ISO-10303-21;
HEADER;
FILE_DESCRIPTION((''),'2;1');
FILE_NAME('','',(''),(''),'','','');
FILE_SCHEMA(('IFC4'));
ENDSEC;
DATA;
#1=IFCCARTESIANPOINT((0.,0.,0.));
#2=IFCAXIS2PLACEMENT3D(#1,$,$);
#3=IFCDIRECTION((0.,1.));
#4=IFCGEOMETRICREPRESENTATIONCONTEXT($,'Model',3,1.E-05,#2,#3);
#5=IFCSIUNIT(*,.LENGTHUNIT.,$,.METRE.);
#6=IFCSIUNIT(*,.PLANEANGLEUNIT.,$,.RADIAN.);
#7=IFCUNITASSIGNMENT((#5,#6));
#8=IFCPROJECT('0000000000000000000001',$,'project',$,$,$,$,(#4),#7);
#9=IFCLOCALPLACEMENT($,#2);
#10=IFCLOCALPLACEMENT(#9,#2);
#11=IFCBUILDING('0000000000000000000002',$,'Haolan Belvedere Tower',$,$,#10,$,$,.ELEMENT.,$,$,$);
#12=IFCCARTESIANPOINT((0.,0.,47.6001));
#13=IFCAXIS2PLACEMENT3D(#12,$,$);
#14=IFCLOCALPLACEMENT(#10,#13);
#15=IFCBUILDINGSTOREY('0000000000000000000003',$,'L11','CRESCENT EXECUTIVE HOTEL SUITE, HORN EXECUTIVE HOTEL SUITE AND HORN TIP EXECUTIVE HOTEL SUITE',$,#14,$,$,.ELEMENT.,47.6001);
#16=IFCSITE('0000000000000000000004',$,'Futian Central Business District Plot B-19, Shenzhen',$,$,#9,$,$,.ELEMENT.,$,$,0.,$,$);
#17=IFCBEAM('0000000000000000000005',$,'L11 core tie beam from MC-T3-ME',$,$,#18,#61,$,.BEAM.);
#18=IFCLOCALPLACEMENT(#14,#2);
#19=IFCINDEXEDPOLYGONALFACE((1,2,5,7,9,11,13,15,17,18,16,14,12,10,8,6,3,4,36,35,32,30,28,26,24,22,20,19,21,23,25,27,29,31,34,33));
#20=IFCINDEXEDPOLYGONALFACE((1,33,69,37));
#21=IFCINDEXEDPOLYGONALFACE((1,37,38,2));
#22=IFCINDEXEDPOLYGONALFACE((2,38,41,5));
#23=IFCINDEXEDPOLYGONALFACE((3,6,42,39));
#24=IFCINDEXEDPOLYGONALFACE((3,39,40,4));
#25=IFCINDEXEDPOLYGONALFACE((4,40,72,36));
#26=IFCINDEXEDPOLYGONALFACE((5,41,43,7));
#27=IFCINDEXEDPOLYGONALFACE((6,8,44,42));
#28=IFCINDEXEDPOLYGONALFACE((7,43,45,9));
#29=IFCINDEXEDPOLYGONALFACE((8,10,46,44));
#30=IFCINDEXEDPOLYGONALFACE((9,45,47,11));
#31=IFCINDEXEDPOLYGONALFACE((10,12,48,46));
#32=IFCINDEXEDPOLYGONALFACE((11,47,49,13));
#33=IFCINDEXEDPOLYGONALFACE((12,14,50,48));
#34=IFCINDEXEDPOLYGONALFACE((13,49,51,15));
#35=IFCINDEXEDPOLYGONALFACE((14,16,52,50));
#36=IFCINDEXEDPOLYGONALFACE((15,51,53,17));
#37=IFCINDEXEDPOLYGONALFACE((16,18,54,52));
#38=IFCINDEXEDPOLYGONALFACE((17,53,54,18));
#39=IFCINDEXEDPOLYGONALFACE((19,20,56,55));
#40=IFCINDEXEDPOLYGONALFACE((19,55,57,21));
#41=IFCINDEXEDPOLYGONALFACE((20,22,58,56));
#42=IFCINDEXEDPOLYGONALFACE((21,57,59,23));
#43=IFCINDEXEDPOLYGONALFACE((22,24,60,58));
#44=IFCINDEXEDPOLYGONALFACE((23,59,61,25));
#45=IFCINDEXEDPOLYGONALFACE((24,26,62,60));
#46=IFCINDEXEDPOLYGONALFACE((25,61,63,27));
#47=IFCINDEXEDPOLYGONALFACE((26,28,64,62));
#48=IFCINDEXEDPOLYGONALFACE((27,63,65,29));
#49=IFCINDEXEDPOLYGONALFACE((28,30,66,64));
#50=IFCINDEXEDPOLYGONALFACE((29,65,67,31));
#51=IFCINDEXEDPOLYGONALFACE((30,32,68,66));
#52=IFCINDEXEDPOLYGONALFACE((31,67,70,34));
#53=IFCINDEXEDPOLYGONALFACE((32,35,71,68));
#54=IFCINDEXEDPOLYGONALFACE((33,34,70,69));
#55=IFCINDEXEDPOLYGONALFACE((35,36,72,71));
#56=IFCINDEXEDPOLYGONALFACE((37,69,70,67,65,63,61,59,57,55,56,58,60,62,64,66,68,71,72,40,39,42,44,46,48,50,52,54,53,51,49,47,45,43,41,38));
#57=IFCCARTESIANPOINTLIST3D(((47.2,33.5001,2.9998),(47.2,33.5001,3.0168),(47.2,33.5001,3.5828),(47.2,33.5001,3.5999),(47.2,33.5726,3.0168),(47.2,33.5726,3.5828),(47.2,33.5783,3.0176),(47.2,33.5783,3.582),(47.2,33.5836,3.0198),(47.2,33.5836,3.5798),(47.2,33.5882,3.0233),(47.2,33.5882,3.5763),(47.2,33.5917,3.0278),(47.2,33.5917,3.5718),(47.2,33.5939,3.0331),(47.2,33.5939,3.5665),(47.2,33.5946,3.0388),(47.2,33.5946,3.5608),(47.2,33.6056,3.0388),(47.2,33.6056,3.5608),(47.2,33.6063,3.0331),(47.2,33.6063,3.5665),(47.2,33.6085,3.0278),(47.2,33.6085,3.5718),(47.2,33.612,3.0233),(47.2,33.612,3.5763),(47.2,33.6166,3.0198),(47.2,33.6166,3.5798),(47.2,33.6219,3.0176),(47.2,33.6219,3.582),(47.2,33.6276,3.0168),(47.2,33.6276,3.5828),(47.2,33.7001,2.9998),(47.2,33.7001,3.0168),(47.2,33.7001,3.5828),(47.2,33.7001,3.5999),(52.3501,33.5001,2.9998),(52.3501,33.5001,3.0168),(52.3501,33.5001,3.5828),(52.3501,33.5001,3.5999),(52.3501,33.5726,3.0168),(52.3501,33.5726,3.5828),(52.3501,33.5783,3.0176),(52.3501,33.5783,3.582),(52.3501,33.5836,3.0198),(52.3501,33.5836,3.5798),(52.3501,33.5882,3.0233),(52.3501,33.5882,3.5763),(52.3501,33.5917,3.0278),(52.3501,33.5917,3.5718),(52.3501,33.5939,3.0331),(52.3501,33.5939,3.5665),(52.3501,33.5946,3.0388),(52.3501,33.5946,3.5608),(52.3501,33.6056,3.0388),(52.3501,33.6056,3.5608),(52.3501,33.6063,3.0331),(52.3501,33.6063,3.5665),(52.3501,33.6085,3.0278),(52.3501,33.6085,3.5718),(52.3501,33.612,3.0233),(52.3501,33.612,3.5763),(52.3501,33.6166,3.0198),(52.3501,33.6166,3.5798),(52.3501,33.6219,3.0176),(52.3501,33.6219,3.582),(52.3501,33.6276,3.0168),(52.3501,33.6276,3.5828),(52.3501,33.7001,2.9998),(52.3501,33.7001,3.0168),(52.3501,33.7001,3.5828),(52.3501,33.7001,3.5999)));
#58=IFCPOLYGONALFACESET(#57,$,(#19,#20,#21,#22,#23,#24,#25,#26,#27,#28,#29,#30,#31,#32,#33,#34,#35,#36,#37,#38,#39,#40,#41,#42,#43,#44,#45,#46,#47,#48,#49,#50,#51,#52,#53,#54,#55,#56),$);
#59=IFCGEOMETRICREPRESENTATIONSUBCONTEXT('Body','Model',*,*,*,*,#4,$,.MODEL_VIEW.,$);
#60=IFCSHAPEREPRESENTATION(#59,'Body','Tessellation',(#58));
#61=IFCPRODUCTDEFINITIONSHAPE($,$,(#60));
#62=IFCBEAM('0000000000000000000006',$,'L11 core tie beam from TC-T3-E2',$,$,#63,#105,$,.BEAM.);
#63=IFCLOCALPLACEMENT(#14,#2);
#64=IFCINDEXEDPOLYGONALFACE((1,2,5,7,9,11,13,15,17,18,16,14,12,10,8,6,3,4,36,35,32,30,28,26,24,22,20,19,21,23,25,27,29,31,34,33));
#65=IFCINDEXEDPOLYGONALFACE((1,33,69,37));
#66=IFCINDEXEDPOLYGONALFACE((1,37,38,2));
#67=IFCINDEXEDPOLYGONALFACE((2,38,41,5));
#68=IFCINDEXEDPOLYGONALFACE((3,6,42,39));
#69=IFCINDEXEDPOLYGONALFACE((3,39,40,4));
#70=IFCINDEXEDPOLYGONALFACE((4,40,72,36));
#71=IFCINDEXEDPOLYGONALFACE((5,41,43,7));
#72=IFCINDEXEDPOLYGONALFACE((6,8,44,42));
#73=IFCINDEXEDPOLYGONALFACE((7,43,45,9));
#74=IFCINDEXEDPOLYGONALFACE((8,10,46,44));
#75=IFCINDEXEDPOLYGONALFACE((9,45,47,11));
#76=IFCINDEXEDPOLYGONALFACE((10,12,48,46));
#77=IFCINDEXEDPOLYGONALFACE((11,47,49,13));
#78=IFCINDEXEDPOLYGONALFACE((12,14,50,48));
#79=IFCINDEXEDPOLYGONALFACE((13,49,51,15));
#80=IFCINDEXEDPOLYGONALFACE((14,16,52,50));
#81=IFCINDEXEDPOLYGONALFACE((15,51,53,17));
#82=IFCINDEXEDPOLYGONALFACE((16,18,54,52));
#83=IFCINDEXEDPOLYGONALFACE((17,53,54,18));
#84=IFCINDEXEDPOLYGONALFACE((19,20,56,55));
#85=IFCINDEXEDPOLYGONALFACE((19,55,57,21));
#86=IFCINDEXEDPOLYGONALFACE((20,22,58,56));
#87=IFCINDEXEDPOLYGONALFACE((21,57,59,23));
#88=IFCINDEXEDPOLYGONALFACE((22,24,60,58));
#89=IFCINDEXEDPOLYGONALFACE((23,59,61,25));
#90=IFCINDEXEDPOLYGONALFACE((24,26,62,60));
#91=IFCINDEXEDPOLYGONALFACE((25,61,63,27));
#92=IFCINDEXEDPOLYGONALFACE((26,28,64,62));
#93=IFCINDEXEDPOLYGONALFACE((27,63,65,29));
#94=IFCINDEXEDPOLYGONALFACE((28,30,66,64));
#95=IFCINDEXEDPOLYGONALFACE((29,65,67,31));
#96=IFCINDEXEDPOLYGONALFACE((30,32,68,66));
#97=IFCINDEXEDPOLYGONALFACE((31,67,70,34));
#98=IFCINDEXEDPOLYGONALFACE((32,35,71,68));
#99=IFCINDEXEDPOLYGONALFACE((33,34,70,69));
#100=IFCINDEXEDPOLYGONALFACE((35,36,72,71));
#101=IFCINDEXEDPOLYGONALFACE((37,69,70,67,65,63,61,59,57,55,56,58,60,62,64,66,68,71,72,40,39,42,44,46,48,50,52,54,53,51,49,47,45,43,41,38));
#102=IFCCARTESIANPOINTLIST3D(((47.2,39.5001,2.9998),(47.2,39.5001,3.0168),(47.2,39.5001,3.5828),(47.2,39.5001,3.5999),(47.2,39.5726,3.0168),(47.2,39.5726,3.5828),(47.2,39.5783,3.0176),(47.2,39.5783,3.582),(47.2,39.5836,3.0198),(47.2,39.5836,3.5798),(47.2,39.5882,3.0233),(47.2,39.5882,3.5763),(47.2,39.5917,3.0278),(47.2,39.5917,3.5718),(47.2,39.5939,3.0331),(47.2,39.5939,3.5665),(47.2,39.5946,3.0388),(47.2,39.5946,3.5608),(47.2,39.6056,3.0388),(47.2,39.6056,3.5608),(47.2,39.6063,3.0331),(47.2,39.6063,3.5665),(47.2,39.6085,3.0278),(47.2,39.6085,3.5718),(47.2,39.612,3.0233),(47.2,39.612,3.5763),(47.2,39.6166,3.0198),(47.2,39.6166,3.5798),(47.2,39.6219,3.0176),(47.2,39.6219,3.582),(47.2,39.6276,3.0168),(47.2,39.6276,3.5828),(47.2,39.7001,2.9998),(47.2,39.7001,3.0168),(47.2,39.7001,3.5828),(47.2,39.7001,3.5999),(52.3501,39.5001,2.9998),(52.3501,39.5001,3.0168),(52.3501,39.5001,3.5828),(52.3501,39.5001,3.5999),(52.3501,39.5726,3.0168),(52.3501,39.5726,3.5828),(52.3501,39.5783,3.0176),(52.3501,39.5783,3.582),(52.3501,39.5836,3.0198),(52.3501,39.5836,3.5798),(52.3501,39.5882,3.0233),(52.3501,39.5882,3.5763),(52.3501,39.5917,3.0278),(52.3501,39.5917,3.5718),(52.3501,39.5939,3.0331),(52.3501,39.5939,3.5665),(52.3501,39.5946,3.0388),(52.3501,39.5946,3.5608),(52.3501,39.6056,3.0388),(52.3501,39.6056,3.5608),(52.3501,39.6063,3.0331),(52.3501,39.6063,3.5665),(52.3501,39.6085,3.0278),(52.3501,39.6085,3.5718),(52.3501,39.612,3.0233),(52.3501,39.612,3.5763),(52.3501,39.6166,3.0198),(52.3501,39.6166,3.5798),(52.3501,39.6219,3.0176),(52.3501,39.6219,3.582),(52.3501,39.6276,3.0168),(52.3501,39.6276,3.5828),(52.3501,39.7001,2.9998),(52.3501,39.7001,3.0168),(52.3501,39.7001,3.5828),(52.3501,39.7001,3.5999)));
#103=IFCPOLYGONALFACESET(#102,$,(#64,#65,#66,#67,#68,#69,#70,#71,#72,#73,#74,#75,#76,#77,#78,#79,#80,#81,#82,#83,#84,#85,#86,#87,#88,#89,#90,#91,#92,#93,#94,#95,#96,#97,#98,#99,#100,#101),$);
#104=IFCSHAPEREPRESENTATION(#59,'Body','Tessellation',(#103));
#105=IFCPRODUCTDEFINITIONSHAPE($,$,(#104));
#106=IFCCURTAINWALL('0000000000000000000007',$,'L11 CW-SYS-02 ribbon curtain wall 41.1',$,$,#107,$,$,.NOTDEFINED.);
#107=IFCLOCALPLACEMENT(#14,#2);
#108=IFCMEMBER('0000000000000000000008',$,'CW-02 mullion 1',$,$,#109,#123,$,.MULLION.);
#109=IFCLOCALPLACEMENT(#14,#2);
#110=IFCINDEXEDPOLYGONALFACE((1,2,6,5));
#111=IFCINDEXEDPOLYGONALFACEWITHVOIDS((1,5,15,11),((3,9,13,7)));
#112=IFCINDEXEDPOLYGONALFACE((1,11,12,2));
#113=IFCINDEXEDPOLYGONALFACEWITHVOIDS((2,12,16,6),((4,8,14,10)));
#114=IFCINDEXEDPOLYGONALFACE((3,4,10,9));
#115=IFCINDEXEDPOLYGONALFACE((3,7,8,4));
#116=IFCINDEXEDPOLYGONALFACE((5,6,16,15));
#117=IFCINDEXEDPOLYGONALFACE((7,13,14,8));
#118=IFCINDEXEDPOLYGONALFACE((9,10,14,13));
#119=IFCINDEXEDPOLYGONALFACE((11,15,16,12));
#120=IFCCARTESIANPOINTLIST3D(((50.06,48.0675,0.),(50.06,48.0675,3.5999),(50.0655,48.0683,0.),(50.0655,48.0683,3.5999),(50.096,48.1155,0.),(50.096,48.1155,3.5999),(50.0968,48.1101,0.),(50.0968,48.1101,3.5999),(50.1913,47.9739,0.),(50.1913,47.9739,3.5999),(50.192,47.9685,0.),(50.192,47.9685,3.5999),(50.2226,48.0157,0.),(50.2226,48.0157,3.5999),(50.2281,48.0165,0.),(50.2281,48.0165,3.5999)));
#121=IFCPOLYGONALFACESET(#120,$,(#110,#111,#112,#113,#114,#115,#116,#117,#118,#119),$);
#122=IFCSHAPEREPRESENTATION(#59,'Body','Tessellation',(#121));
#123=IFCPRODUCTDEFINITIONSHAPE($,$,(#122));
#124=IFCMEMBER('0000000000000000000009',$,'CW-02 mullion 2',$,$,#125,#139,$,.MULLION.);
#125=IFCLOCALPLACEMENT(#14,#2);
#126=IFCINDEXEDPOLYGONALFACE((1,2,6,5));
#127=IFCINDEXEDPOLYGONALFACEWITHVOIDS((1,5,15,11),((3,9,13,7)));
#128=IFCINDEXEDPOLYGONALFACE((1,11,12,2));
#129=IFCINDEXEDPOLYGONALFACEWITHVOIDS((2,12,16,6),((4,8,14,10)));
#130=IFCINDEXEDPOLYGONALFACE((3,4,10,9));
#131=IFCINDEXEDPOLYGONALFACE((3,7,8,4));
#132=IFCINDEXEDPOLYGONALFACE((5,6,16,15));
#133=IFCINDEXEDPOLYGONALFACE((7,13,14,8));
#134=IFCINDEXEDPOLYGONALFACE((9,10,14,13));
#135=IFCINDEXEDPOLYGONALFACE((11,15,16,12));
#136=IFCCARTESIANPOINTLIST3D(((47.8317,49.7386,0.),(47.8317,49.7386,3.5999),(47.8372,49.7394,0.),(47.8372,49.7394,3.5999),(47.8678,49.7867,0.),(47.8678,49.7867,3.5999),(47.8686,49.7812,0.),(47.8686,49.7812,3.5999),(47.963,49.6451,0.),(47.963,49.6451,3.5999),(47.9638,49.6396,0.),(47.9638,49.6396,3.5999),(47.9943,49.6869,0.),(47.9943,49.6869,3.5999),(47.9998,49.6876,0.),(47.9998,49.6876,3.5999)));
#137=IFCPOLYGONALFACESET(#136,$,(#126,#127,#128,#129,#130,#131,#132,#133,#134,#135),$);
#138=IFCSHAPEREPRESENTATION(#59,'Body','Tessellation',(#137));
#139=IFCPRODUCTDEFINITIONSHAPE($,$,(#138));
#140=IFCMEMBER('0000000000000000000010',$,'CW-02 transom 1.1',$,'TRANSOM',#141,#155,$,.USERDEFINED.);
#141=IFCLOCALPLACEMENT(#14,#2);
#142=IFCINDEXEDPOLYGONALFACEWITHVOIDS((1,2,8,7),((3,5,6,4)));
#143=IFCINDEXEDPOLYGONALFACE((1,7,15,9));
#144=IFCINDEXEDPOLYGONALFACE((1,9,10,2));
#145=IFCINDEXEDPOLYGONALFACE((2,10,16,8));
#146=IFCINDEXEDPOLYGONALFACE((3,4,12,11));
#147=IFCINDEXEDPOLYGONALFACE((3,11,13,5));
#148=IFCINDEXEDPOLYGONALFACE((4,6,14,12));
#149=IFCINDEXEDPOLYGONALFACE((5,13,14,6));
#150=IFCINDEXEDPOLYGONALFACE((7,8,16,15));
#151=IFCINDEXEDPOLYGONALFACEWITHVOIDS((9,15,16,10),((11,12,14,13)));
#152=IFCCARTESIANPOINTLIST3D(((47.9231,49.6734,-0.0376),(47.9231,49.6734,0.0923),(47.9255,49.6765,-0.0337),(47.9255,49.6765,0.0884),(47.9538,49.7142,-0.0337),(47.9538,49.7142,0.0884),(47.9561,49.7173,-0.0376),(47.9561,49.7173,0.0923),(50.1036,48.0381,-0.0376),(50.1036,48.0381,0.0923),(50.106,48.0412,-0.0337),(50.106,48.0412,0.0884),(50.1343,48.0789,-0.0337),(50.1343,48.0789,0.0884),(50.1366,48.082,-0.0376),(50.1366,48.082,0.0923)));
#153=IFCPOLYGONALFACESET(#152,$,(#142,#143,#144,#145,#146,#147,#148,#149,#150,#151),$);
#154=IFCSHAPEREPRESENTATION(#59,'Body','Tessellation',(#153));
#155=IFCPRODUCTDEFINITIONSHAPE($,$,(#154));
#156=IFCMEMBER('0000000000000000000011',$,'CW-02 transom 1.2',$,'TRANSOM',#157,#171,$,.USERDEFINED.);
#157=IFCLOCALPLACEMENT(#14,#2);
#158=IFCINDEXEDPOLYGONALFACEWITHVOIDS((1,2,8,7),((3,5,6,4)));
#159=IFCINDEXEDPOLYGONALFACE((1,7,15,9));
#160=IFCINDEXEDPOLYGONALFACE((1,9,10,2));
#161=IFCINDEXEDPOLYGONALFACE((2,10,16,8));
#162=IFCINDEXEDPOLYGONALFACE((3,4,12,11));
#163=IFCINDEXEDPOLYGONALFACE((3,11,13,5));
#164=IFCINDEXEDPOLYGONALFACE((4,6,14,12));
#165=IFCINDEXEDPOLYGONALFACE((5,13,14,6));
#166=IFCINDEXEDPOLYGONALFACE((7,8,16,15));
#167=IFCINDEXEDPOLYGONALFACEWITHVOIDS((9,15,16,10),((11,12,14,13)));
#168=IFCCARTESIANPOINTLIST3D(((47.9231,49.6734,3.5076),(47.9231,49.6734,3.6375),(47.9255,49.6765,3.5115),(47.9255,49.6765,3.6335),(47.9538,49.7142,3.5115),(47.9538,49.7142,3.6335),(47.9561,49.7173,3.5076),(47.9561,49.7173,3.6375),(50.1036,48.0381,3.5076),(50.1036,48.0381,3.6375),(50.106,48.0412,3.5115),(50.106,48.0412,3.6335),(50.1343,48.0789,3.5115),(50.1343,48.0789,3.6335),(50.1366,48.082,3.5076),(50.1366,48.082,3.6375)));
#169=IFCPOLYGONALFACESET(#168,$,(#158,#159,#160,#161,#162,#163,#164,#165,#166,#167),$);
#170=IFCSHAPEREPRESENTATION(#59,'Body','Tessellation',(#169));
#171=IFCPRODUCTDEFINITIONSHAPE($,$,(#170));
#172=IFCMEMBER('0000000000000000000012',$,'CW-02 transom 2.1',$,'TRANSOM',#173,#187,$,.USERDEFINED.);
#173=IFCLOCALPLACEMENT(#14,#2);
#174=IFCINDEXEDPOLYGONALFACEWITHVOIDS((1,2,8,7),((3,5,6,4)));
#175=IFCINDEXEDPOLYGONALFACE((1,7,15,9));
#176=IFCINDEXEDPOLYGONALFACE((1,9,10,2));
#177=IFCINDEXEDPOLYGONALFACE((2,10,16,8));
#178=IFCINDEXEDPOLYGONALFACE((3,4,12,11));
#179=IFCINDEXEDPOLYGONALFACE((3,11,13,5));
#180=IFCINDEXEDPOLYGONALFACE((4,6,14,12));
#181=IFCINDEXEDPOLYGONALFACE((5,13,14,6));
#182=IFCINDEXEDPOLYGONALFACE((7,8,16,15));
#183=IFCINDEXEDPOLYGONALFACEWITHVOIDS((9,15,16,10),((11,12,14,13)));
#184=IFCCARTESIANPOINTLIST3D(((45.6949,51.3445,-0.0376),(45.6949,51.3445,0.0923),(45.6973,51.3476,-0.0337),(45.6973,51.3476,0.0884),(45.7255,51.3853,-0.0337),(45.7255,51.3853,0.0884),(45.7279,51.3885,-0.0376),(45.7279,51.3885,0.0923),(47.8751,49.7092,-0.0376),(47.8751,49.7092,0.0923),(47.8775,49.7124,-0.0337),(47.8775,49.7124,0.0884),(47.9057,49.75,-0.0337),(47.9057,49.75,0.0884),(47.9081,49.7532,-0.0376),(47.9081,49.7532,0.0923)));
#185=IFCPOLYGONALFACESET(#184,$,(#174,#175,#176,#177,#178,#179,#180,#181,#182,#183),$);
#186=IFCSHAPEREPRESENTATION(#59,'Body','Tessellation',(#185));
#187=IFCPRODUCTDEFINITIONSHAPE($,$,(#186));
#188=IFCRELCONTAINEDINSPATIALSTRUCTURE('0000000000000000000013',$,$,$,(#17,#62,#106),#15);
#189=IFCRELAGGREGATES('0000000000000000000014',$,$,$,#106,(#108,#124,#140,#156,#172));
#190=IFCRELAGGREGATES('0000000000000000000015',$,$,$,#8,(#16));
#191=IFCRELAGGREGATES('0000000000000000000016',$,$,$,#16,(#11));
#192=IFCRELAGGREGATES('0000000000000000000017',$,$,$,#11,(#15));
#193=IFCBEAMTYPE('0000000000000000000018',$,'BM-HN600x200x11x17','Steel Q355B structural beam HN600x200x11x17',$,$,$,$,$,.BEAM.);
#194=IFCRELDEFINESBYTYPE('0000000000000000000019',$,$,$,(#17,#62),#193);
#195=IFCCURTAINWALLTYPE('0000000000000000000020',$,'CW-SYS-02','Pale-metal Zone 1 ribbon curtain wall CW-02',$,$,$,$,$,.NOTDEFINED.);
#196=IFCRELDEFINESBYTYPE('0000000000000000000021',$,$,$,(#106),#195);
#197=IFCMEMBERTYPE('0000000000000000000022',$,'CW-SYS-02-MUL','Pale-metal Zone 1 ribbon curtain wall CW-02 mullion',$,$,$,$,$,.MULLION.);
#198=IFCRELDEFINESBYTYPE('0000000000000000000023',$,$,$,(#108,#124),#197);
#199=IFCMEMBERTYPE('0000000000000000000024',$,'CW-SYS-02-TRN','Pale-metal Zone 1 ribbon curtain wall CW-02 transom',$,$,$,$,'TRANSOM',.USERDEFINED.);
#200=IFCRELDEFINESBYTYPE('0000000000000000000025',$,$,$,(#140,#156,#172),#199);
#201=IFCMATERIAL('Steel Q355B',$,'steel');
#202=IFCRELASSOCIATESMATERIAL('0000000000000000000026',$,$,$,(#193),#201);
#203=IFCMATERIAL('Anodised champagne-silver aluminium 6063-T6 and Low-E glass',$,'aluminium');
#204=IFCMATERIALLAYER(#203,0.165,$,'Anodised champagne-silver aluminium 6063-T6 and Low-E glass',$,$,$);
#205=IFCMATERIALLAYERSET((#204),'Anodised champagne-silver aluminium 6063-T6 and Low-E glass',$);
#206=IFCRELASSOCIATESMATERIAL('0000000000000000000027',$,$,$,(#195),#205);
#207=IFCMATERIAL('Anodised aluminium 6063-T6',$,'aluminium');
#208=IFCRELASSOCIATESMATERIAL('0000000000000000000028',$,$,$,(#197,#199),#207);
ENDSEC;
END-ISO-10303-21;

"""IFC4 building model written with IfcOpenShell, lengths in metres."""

from ifc_helpers import new_model, si_unit, direction, frame, origin, origin_2d, place, context, subcontext, project, spatial, hollow_rectangle, i_section, extrude, material, layer, layer_set, material_profile, profile_set, type_object, element, aggregate, save


model = new_model("IFC4")

# Units and contexts
model_context = context("Model", 3, precision=1e-05, world=origin(), true_north=direction((0.0, 1.0)))
body_context = subcontext(model_context, "Body", "Model", "MODEL_VIEW")
ifc_project = project(units=[si_unit("LENGTHUNIT", "METRE"), si_unit("PLANEANGLEUNIT", "RADIAN")], contexts=[model_context])

# Site, building, storey
site_placement = place(None, origin())
site = spatial("IfcSite", under=ifc_project, at=site_placement, Name="Futian Central Business District Plot B-19, Shenzhen", CompositionType="ELEMENT", RefElevation=0.0)
building_placement = place(site_placement, origin())
building = spatial("IfcBuilding", under=site, at=building_placement, Name="Haolan Belvedere Tower", CompositionType="ELEMENT")
storey_placement = place(building_placement, frame((0.0, 0.0, 47.6001)))
storey = spatial("IfcBuildingStorey", under=building, at=storey_placement, Name="L11", Description="CRESCENT EXECUTIVE HOTEL SUITE, HORN EXECUTIVE HOTEL SUITE AND HORN TIP EXECUTIVE HOTEL SUITE", CompositionType="ELEMENT", Elevation=47.6001)

# Beams
ifc_material_1 = material(Name="Steel Q355B", Category="steel")
ifc_material_profile_1 = material_profile(ifc_material_1, i_section(OverallWidth=0.2, OverallDepth=0.6001, WebThickness=0.011, FlangeThickness=0.0171, FilletRadius=0.022, at=origin_2d()), Name="Steel Q355B")
ifc_profile_set_1 = profile_set([ifc_material_profile_1], Name="Steel Q355B")
beam_type = type_object("IfcBeamType", Name="BM-HN600x200x11x17", Description="Steel Q355B structural beam HN600x200x11x17", PredefinedType="BEAM", material=ifc_profile_set_1)
for number, where, z_axis, x_axis, name in (
    (1, (52.3501, 33.6001, 3.2998), (-1.0, 0.0, 0.0), (0.0, -1.0, 0.0), "L11 core tie beam from MC-T3-ME"),
    (2, (52.3501, 39.6001, 3.2998), (-1.0, 0.0, 0.0), (0.0, -1.0, 0.0), "L11 core tie beam from TC-T3-E2"),
):
    element("IfcBeam", number, at=place(storey_placement, frame(where, z_axis=z_axis, x_axis=x_axis)), inside=storey, type_object=beam_type, Name=name, PredefinedType="BEAM", context=body_context, shape_type="SweptSolid", body=[
        extrude(i_section(OverallWidth=0.2, OverallDepth=0.6001, WebThickness=0.011, FlangeThickness=0.0171, FilletRadius=0.022, at=origin_2d()), origin(), (0.0, 0.0, 1.0), 5.1501),
    ])

# Curtain wall, members
ifc_material_2 = material(Name="Anodised champagne-silver aluminium 6063-T6 and Low-E glass", Category="aluminium")
ifc_layer_1 = layer(ifc_material_2, 0.165, Name="Anodised champagne-silver aluminium 6063-T6 and Low-E glass")
ifc_layer_set_1 = layer_set([ifc_layer_1], Name="Anodised champagne-silver aluminium 6063-T6 and Low-E glass")
curtain_wall_type = type_object("IfcCurtainWallType", Name="CW-SYS-02", Description="Pale-metal Zone 1 ribbon curtain wall CW-02", PredefinedType="NOTDEFINED", material=ifc_layer_set_1)
curtain_wall_placement = place(storey_placement, origin())
curtain_wall = element("IfcCurtainWall", 3, at=curtain_wall_placement, inside=storey, type_object=curtain_wall_type, Name="L11 CW-SYS-02 ribbon curtain wall 41.1", PredefinedType="NOTDEFINED")
ifc_material_3 = material(Name="Anodised aluminium 6063-T6", Category="aluminium")
ifc_material_profile_2 = material_profile(ifc_material_3, hollow_rectangle(XDim=0.0601, YDim=0.165, WallThickness=0.0039, at=origin_2d()), Name="Anodised aluminium 6063-T6")
ifc_profile_set_2 = profile_set([ifc_material_profile_2], Name="Anodised aluminium 6063-T6")
member_type_1 = type_object("IfcMemberType", Name="CW-SYS-02-MUL", Description="Pale-metal Zone 1 ribbon curtain wall CW-02 mullion", PredefinedType="MULLION", material=ifc_profile_set_2)
member_1_placement = place(storey_placement, frame((50.144, 48.042, 0.0), z_axis=(0.0, 0.0, 1.0), x_axis=(-0.599994, -0.800004, 0.0)))
member_1 = element("IfcMember", 4, at=member_1_placement, type_object=member_type_1, Name="CW-02 mullion 1", PredefinedType="MULLION", context=body_context, shape_type="SweptSolid", body=[
    extrude(hollow_rectangle(XDim=0.0601, YDim=0.165, WallThickness=0.0039, at=origin_2d()), origin(), (0.0, 0.0, 1.0), 3.5999),
])
member_2_placement = place(storey_placement, frame((47.9158, 49.7131, 0.0), z_axis=(0.0, 0.0, 1.0), x_axis=(-0.599994, -0.800004, 0.0)))
member_2 = element("IfcMember", 5, at=member_2_placement, type_object=member_type_1, Name="CW-02 mullion 2", PredefinedType="MULLION", context=body_context, shape_type="SweptSolid", body=[
    extrude(hollow_rectangle(XDim=0.0601, YDim=0.165, WallThickness=0.0039, at=origin_2d()), origin(), (0.0, 0.0, 1.0), 3.5999),
])
ifc_material_profile_3 = material_profile(ifc_material_3, hollow_rectangle(XDim=0.0549, YDim=0.1299, WallThickness=0.0039, at=origin_2d()), Name="Anodised aluminium 6063-T6")
ifc_profile_set_3 = profile_set([ifc_material_profile_3], Name="Anodised aluminium 6063-T6")
member_type_2 = type_object("IfcMemberType", Name="CW-SYS-02-TRN", Description="Pale-metal Zone 1 ribbon curtain wall CW-02 transom", ElementType="TRANSOM", PredefinedType="USERDEFINED", material=ifc_profile_set_3)
member_3_placement = place(storey_placement, frame((50.1201, 48.0601, 0.0273), z_axis=(-0.800011, 0.599986, 0.0), x_axis=(-0.599986, -0.800011, 0.0)))
member_3 = element("IfcMember", 6, at=member_3_placement, type_object=member_type_2, Name="CW-02 transom 1.1", ObjectType="TRANSOM", PredefinedType="USERDEFINED", context=body_context, shape_type="SweptSolid", body=[
    extrude(hollow_rectangle(XDim=0.0549, YDim=0.1299, WallThickness=0.0039, at=origin_2d()), origin(), (0.0, 0.0, 1.0), 2.7256),
])
member_4_placement = place(storey_placement, frame((50.1201, 48.0601, 3.5725), z_axis=(-0.800011, 0.599986, 0.0), x_axis=(-0.599986, -0.800011, 0.0)))
member_4 = element("IfcMember", 7, at=member_4_placement, type_object=member_type_2, Name="CW-02 transom 1.2", ObjectType="TRANSOM", PredefinedType="USERDEFINED", context=body_context, shape_type="SweptSolid", body=[
    extrude(hollow_rectangle(XDim=0.0549, YDim=0.1299, WallThickness=0.0039, at=origin_2d()), origin(), (0.0, 0.0, 1.0), 2.7256),
])
member_5_placement = place(storey_placement, frame((47.8916, 49.7312, 0.0273), z_axis=(-0.799978, 0.600029, 0.0), x_axis=(-0.600029, -0.799978, 0.0)))
member_5 = element("IfcMember", 8, at=member_5_placement, type_object=member_type_2, Name="CW-02 transom 2.1", ObjectType="TRANSOM", PredefinedType="USERDEFINED", context=body_context, shape_type="SweptSolid", body=[
    extrude(hollow_rectangle(XDim=0.0549, YDim=0.1299, WallThickness=0.0039, at=origin_2d()), origin(), (0.0, 0.0, 1.0), 2.7253),
])
aggregate(curtain_wall, [member_1, member_2, member_3, member_4, member_5])

save(model, "model.ifc")
